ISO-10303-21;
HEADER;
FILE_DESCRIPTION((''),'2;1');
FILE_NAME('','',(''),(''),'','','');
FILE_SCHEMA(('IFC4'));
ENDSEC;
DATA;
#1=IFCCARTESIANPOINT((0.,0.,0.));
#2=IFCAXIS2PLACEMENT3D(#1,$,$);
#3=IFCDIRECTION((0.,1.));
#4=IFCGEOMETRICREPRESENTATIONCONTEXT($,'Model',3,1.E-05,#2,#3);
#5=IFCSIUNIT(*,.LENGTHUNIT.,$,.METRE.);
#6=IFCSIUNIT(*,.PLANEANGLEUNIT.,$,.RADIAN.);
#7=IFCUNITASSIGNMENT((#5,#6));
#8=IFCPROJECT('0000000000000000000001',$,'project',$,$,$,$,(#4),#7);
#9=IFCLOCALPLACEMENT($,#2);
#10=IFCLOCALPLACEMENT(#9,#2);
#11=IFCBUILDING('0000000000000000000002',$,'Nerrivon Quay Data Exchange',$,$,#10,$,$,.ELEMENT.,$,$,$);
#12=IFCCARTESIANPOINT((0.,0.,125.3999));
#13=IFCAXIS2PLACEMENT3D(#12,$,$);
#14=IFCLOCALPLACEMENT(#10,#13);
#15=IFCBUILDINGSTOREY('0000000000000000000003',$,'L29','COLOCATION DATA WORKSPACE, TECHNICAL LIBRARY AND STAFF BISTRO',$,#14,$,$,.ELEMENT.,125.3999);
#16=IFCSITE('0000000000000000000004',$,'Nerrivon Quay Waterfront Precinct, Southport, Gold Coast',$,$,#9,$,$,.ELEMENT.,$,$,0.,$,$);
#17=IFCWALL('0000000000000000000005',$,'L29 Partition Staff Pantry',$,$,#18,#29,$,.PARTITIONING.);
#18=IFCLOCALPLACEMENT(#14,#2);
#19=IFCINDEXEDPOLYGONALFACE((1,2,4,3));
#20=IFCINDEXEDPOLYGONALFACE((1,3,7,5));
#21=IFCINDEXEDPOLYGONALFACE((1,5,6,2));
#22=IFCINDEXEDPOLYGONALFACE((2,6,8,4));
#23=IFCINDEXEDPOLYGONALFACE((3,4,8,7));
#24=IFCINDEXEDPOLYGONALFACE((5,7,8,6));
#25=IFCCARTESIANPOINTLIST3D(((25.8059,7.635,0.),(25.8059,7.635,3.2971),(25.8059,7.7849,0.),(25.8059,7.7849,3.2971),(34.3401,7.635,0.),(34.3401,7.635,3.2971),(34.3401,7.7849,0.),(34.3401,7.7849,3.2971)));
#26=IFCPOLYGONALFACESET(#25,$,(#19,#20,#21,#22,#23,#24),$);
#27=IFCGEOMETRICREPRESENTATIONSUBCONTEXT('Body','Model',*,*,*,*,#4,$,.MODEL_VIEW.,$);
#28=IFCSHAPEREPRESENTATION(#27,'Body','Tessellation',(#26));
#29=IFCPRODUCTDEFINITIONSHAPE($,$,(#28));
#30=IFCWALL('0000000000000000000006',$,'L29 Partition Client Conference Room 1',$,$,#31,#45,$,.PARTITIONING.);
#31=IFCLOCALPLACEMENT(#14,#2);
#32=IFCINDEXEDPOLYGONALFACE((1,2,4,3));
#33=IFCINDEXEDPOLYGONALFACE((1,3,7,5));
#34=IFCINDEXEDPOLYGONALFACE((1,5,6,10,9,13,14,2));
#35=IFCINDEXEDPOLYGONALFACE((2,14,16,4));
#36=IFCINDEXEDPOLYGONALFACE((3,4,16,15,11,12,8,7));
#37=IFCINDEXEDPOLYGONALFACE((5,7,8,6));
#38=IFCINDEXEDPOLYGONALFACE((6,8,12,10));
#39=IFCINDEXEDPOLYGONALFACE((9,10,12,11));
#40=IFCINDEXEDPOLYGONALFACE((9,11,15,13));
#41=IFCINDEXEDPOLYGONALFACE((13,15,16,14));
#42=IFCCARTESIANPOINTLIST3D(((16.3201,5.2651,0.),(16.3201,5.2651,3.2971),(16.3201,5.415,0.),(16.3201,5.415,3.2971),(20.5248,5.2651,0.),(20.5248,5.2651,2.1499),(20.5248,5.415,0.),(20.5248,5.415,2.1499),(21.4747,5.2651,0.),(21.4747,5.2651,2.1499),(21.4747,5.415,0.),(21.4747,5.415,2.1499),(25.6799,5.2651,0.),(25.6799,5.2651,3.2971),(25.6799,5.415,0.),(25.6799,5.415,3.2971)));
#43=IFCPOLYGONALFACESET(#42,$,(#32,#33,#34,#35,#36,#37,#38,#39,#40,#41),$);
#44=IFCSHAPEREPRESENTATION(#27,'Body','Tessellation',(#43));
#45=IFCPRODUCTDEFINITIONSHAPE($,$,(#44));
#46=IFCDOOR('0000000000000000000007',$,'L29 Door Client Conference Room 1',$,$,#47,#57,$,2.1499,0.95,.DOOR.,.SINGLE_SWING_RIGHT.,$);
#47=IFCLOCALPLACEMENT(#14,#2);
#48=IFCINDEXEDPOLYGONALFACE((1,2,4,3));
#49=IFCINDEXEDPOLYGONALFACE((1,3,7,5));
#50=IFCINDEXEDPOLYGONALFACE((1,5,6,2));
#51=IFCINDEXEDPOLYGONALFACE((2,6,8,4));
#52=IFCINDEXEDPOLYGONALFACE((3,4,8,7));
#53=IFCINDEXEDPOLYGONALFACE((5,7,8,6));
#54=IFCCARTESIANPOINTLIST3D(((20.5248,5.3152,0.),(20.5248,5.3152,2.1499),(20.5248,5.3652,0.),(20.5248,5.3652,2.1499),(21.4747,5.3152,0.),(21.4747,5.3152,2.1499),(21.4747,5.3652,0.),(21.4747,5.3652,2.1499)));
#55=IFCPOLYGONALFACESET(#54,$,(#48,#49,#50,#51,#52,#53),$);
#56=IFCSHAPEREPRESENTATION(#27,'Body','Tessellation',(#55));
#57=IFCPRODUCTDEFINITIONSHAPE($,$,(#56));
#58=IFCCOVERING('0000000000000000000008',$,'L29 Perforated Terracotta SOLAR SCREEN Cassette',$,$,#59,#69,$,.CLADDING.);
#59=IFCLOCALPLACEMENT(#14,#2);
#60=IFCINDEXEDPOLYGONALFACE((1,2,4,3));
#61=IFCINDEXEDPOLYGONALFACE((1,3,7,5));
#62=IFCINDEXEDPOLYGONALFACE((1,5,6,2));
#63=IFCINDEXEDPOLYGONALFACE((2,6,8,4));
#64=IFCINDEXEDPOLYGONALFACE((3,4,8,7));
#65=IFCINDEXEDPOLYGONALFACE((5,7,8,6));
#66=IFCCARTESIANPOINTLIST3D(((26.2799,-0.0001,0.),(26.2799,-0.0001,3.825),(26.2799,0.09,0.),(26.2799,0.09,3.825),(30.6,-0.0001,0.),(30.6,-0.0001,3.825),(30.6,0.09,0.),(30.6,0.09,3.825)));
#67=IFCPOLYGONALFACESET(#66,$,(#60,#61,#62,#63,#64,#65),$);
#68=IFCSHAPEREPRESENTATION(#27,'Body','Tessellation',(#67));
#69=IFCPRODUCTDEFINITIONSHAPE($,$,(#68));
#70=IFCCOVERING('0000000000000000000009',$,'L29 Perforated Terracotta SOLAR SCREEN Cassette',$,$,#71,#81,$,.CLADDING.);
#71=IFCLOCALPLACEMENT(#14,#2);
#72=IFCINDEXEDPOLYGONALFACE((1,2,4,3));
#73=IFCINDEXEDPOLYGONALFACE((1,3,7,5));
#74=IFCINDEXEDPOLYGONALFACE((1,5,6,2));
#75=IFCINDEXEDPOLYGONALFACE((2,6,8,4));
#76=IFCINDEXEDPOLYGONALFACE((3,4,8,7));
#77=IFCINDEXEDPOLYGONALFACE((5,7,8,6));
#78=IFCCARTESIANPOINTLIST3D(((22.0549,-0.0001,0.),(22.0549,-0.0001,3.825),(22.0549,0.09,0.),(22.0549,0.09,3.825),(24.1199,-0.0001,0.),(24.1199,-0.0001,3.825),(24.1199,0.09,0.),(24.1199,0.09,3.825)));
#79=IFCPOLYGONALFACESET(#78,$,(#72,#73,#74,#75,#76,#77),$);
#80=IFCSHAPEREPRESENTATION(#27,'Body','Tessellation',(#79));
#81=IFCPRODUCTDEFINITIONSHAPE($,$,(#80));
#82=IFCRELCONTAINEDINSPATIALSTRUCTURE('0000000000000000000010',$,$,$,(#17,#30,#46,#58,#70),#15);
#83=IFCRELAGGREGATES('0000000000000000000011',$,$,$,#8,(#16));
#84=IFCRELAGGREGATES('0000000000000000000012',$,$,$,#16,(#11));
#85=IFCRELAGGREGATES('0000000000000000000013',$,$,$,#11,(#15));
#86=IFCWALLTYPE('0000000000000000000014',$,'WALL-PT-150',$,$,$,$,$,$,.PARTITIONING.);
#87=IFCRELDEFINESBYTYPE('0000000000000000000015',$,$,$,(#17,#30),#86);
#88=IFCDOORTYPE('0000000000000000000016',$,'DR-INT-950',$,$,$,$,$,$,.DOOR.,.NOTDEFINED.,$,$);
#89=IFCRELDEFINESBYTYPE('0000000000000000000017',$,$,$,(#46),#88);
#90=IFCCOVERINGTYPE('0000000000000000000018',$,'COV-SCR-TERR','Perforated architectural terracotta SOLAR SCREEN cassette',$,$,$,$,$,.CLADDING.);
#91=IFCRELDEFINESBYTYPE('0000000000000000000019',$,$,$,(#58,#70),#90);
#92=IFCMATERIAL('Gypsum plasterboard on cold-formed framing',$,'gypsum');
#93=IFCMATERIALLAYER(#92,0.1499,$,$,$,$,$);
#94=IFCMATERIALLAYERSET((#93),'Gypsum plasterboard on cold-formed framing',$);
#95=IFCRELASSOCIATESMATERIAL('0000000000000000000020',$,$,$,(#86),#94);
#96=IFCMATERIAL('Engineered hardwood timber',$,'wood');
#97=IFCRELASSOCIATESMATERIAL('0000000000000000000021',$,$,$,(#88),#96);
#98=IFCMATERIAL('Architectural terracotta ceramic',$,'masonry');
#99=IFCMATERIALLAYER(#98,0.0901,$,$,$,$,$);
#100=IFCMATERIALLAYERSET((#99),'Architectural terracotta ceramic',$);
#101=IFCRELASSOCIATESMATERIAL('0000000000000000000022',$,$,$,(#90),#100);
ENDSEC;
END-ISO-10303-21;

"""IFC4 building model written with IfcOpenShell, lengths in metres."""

from ifc_helpers import new_model, si_unit, direction, frame, frame_2d, origin, origin_2d, place, context, subcontext, project, spatial, rectangle, extrude, material, layer, layer_set, type_object, element, fill, save


model = new_model("IFC4")

# Units and contexts
model_context = context("Model", 3, precision=1e-05, world=origin(), true_north=direction((0.0, 1.0)))
body_context = subcontext(model_context, "Body", "Model", "MODEL_VIEW")
ifc_project = project(units=[si_unit("LENGTHUNIT", "METRE"), si_unit("PLANEANGLEUNIT", "RADIAN")], contexts=[model_context])

# Site, building, storey
site_placement = place(None, origin())
site = spatial("IfcSite", under=ifc_project, at=site_placement, Name="Nerrivon Quay Waterfront Precinct, Southport, Gold Coast", CompositionType="ELEMENT", RefElevation=0.0)
building_placement = place(site_placement, origin())
building = spatial("IfcBuilding", under=site, at=building_placement, Name="Nerrivon Quay Data Exchange", CompositionType="ELEMENT")
storey_placement = place(building_placement, frame((0.0, 0.0, 125.3999)))
storey = spatial("IfcBuildingStorey", under=building, at=storey_placement, Name="L29", Description="COLOCATION DATA WORKSPACE, TECHNICAL LIBRARY AND STAFF BISTRO", CompositionType="ELEMENT", Elevation=125.3999)

# Shared definitions
ifc_material_1 = material(Name="Gypsum plasterboard on cold-formed framing", Category="gypsum")
ifc_material_2 = material(Name="Engineered hardwood timber", Category="wood")

# Wall
ifc_layer_1 = layer(ifc_material_1, 0.1499)
ifc_layer_set_1 = layer_set([ifc_layer_1], Name="Gypsum plasterboard on cold-formed framing")
wall_type_1 = type_object("IfcWallType", Name="WALL-PT-150", PredefinedType="PARTITIONING", material=ifc_layer_set_1)
wall_1_placement = place(storey_placement, frame((25.8059, 7.71, 0.0), z_axis=(0.0, 0.0, 1.0), x_axis=(1.0, 0.0, 0.0)))
element("IfcWall", 1, at=wall_1_placement, inside=storey, type_object=wall_type_1, Name="L29 Partition Staff Pantry", PredefinedType="PARTITIONING", context=body_context, shape_type="SweptSolid", body=[
    extrude(rectangle(XDim=8.5342, YDim=0.1499, at=frame_2d((4.2671, 0.0))), origin(), (0.0, 0.0, 1.0), 3.2971),
])

# Wall, opening, door
wall_2_placement = place(storey_placement, frame((25.6799, 5.3401, 0.0), z_axis=(0.0, 0.0, 1.0), x_axis=(-1.0, 0.0, 0.0)))
wall_2 = element("IfcWall", 2, at=wall_2_placement, inside=storey, type_object=wall_type_1, Name="L29 Partition Client Conference Room 1", PredefinedType="PARTITIONING", context=body_context, shape_type="SweptSolid", body=[
    extrude(rectangle(XDim=9.3599, YDim=0.1499, at=frame_2d((4.6799, 0.0))), origin(), (0.0, 0.0, 1.0), 3.2971),
])
opening_1_placement = place(wall_2_placement, frame((4.2051, 0.0, 0.0)))
opening_1 = element("IfcOpeningElement", 3, at=opening_1_placement, cuts=wall_2, PredefinedType="OPENING", context=body_context, shape_type="SweptSolid", body=[
    extrude(rectangle(XDim=0.95, YDim=2.1499, at=frame_2d((0.4751, 1.075))), frame((0.0, 0.085, 0.0), z_axis=(0.0, -1.0, 0.0), x_axis=(1.0, 0.0, 0.0)), (0.0, 0.0, 1.0), 0.1699),
])
door_type_1 = type_object("IfcDoorType", Name="DR-INT-950", OperationType="NOTDEFINED", PredefinedType="DOOR", material=ifc_material_2)
door_1_placement = place(opening_1_placement, origin())
door_1 = element("IfcDoor", 4, at=door_1_placement, inside=storey, type_object=door_type_1, Name="L29 Door Client Conference Room 1", OperationType="SINGLE_SWING_RIGHT", OverallHeight=2.1499, OverallWidth=0.95, PredefinedType="DOOR", context=body_context, shape_type="SweptSolid", body=[
    extrude(rectangle(XDim=0.95, YDim=2.1499, at=frame_2d((0.4751, 1.075))), frame((0.0, 0.0249, 0.0), z_axis=(0.0, -1.0, 0.0), x_axis=(1.0, 0.0, 0.0)), (0.0, 0.0, 1.0), 0.05),
])
fill(opening_1, door_1)

# Coverings
ifc_material_3 = material(Name="Architectural terracotta ceramic", Category="masonry")
ifc_layer_2 = layer(ifc_material_3, 0.0901)
ifc_layer_set_2 = layer_set([ifc_layer_2], Name="Architectural terracotta ceramic")
covering_type = type_object("IfcCoveringType", Name="COV-SCR-TERR", Description="Perforated architectural terracotta SOLAR SCREEN cassette", PredefinedType="CLADDING", material=ifc_layer_set_2)
covering_1_placement = place(storey_placement, frame((28.4399, 0.0449, 0.0), z_axis=(0.0, 0.0, 1.0), x_axis=(-1.0, 0.0, 0.0)))
element("IfcCovering", 5, at=covering_1_placement, inside=storey, type_object=covering_type, Name="L29 Perforated Terracotta SOLAR SCREEN Cassette", PredefinedType="CLADDING", context=body_context, shape_type="SweptSolid", body=[
    extrude(rectangle(XDim=4.3201, YDim=0.0901, at=origin_2d()), origin(), (0.0, 0.0, 1.0), 3.825),
])
covering_2_placement = place(storey_placement, frame((23.0874, 0.0449, 0.0), z_axis=(0.0, 0.0, 1.0), x_axis=(-1.0, 0.0, 0.0)))
element("IfcCovering", 6, at=covering_2_placement, inside=storey, type_object=covering_type, Name="L29 Perforated Terracotta SOLAR SCREEN Cassette", PredefinedType="CLADDING", context=body_context, shape_type="SweptSolid", body=[
    extrude(rectangle(XDim=2.0649, YDim=0.0901, at=origin_2d()), origin(), (0.0, 0.0, 1.0), 3.825),
])

save(model, "model.ifc")
